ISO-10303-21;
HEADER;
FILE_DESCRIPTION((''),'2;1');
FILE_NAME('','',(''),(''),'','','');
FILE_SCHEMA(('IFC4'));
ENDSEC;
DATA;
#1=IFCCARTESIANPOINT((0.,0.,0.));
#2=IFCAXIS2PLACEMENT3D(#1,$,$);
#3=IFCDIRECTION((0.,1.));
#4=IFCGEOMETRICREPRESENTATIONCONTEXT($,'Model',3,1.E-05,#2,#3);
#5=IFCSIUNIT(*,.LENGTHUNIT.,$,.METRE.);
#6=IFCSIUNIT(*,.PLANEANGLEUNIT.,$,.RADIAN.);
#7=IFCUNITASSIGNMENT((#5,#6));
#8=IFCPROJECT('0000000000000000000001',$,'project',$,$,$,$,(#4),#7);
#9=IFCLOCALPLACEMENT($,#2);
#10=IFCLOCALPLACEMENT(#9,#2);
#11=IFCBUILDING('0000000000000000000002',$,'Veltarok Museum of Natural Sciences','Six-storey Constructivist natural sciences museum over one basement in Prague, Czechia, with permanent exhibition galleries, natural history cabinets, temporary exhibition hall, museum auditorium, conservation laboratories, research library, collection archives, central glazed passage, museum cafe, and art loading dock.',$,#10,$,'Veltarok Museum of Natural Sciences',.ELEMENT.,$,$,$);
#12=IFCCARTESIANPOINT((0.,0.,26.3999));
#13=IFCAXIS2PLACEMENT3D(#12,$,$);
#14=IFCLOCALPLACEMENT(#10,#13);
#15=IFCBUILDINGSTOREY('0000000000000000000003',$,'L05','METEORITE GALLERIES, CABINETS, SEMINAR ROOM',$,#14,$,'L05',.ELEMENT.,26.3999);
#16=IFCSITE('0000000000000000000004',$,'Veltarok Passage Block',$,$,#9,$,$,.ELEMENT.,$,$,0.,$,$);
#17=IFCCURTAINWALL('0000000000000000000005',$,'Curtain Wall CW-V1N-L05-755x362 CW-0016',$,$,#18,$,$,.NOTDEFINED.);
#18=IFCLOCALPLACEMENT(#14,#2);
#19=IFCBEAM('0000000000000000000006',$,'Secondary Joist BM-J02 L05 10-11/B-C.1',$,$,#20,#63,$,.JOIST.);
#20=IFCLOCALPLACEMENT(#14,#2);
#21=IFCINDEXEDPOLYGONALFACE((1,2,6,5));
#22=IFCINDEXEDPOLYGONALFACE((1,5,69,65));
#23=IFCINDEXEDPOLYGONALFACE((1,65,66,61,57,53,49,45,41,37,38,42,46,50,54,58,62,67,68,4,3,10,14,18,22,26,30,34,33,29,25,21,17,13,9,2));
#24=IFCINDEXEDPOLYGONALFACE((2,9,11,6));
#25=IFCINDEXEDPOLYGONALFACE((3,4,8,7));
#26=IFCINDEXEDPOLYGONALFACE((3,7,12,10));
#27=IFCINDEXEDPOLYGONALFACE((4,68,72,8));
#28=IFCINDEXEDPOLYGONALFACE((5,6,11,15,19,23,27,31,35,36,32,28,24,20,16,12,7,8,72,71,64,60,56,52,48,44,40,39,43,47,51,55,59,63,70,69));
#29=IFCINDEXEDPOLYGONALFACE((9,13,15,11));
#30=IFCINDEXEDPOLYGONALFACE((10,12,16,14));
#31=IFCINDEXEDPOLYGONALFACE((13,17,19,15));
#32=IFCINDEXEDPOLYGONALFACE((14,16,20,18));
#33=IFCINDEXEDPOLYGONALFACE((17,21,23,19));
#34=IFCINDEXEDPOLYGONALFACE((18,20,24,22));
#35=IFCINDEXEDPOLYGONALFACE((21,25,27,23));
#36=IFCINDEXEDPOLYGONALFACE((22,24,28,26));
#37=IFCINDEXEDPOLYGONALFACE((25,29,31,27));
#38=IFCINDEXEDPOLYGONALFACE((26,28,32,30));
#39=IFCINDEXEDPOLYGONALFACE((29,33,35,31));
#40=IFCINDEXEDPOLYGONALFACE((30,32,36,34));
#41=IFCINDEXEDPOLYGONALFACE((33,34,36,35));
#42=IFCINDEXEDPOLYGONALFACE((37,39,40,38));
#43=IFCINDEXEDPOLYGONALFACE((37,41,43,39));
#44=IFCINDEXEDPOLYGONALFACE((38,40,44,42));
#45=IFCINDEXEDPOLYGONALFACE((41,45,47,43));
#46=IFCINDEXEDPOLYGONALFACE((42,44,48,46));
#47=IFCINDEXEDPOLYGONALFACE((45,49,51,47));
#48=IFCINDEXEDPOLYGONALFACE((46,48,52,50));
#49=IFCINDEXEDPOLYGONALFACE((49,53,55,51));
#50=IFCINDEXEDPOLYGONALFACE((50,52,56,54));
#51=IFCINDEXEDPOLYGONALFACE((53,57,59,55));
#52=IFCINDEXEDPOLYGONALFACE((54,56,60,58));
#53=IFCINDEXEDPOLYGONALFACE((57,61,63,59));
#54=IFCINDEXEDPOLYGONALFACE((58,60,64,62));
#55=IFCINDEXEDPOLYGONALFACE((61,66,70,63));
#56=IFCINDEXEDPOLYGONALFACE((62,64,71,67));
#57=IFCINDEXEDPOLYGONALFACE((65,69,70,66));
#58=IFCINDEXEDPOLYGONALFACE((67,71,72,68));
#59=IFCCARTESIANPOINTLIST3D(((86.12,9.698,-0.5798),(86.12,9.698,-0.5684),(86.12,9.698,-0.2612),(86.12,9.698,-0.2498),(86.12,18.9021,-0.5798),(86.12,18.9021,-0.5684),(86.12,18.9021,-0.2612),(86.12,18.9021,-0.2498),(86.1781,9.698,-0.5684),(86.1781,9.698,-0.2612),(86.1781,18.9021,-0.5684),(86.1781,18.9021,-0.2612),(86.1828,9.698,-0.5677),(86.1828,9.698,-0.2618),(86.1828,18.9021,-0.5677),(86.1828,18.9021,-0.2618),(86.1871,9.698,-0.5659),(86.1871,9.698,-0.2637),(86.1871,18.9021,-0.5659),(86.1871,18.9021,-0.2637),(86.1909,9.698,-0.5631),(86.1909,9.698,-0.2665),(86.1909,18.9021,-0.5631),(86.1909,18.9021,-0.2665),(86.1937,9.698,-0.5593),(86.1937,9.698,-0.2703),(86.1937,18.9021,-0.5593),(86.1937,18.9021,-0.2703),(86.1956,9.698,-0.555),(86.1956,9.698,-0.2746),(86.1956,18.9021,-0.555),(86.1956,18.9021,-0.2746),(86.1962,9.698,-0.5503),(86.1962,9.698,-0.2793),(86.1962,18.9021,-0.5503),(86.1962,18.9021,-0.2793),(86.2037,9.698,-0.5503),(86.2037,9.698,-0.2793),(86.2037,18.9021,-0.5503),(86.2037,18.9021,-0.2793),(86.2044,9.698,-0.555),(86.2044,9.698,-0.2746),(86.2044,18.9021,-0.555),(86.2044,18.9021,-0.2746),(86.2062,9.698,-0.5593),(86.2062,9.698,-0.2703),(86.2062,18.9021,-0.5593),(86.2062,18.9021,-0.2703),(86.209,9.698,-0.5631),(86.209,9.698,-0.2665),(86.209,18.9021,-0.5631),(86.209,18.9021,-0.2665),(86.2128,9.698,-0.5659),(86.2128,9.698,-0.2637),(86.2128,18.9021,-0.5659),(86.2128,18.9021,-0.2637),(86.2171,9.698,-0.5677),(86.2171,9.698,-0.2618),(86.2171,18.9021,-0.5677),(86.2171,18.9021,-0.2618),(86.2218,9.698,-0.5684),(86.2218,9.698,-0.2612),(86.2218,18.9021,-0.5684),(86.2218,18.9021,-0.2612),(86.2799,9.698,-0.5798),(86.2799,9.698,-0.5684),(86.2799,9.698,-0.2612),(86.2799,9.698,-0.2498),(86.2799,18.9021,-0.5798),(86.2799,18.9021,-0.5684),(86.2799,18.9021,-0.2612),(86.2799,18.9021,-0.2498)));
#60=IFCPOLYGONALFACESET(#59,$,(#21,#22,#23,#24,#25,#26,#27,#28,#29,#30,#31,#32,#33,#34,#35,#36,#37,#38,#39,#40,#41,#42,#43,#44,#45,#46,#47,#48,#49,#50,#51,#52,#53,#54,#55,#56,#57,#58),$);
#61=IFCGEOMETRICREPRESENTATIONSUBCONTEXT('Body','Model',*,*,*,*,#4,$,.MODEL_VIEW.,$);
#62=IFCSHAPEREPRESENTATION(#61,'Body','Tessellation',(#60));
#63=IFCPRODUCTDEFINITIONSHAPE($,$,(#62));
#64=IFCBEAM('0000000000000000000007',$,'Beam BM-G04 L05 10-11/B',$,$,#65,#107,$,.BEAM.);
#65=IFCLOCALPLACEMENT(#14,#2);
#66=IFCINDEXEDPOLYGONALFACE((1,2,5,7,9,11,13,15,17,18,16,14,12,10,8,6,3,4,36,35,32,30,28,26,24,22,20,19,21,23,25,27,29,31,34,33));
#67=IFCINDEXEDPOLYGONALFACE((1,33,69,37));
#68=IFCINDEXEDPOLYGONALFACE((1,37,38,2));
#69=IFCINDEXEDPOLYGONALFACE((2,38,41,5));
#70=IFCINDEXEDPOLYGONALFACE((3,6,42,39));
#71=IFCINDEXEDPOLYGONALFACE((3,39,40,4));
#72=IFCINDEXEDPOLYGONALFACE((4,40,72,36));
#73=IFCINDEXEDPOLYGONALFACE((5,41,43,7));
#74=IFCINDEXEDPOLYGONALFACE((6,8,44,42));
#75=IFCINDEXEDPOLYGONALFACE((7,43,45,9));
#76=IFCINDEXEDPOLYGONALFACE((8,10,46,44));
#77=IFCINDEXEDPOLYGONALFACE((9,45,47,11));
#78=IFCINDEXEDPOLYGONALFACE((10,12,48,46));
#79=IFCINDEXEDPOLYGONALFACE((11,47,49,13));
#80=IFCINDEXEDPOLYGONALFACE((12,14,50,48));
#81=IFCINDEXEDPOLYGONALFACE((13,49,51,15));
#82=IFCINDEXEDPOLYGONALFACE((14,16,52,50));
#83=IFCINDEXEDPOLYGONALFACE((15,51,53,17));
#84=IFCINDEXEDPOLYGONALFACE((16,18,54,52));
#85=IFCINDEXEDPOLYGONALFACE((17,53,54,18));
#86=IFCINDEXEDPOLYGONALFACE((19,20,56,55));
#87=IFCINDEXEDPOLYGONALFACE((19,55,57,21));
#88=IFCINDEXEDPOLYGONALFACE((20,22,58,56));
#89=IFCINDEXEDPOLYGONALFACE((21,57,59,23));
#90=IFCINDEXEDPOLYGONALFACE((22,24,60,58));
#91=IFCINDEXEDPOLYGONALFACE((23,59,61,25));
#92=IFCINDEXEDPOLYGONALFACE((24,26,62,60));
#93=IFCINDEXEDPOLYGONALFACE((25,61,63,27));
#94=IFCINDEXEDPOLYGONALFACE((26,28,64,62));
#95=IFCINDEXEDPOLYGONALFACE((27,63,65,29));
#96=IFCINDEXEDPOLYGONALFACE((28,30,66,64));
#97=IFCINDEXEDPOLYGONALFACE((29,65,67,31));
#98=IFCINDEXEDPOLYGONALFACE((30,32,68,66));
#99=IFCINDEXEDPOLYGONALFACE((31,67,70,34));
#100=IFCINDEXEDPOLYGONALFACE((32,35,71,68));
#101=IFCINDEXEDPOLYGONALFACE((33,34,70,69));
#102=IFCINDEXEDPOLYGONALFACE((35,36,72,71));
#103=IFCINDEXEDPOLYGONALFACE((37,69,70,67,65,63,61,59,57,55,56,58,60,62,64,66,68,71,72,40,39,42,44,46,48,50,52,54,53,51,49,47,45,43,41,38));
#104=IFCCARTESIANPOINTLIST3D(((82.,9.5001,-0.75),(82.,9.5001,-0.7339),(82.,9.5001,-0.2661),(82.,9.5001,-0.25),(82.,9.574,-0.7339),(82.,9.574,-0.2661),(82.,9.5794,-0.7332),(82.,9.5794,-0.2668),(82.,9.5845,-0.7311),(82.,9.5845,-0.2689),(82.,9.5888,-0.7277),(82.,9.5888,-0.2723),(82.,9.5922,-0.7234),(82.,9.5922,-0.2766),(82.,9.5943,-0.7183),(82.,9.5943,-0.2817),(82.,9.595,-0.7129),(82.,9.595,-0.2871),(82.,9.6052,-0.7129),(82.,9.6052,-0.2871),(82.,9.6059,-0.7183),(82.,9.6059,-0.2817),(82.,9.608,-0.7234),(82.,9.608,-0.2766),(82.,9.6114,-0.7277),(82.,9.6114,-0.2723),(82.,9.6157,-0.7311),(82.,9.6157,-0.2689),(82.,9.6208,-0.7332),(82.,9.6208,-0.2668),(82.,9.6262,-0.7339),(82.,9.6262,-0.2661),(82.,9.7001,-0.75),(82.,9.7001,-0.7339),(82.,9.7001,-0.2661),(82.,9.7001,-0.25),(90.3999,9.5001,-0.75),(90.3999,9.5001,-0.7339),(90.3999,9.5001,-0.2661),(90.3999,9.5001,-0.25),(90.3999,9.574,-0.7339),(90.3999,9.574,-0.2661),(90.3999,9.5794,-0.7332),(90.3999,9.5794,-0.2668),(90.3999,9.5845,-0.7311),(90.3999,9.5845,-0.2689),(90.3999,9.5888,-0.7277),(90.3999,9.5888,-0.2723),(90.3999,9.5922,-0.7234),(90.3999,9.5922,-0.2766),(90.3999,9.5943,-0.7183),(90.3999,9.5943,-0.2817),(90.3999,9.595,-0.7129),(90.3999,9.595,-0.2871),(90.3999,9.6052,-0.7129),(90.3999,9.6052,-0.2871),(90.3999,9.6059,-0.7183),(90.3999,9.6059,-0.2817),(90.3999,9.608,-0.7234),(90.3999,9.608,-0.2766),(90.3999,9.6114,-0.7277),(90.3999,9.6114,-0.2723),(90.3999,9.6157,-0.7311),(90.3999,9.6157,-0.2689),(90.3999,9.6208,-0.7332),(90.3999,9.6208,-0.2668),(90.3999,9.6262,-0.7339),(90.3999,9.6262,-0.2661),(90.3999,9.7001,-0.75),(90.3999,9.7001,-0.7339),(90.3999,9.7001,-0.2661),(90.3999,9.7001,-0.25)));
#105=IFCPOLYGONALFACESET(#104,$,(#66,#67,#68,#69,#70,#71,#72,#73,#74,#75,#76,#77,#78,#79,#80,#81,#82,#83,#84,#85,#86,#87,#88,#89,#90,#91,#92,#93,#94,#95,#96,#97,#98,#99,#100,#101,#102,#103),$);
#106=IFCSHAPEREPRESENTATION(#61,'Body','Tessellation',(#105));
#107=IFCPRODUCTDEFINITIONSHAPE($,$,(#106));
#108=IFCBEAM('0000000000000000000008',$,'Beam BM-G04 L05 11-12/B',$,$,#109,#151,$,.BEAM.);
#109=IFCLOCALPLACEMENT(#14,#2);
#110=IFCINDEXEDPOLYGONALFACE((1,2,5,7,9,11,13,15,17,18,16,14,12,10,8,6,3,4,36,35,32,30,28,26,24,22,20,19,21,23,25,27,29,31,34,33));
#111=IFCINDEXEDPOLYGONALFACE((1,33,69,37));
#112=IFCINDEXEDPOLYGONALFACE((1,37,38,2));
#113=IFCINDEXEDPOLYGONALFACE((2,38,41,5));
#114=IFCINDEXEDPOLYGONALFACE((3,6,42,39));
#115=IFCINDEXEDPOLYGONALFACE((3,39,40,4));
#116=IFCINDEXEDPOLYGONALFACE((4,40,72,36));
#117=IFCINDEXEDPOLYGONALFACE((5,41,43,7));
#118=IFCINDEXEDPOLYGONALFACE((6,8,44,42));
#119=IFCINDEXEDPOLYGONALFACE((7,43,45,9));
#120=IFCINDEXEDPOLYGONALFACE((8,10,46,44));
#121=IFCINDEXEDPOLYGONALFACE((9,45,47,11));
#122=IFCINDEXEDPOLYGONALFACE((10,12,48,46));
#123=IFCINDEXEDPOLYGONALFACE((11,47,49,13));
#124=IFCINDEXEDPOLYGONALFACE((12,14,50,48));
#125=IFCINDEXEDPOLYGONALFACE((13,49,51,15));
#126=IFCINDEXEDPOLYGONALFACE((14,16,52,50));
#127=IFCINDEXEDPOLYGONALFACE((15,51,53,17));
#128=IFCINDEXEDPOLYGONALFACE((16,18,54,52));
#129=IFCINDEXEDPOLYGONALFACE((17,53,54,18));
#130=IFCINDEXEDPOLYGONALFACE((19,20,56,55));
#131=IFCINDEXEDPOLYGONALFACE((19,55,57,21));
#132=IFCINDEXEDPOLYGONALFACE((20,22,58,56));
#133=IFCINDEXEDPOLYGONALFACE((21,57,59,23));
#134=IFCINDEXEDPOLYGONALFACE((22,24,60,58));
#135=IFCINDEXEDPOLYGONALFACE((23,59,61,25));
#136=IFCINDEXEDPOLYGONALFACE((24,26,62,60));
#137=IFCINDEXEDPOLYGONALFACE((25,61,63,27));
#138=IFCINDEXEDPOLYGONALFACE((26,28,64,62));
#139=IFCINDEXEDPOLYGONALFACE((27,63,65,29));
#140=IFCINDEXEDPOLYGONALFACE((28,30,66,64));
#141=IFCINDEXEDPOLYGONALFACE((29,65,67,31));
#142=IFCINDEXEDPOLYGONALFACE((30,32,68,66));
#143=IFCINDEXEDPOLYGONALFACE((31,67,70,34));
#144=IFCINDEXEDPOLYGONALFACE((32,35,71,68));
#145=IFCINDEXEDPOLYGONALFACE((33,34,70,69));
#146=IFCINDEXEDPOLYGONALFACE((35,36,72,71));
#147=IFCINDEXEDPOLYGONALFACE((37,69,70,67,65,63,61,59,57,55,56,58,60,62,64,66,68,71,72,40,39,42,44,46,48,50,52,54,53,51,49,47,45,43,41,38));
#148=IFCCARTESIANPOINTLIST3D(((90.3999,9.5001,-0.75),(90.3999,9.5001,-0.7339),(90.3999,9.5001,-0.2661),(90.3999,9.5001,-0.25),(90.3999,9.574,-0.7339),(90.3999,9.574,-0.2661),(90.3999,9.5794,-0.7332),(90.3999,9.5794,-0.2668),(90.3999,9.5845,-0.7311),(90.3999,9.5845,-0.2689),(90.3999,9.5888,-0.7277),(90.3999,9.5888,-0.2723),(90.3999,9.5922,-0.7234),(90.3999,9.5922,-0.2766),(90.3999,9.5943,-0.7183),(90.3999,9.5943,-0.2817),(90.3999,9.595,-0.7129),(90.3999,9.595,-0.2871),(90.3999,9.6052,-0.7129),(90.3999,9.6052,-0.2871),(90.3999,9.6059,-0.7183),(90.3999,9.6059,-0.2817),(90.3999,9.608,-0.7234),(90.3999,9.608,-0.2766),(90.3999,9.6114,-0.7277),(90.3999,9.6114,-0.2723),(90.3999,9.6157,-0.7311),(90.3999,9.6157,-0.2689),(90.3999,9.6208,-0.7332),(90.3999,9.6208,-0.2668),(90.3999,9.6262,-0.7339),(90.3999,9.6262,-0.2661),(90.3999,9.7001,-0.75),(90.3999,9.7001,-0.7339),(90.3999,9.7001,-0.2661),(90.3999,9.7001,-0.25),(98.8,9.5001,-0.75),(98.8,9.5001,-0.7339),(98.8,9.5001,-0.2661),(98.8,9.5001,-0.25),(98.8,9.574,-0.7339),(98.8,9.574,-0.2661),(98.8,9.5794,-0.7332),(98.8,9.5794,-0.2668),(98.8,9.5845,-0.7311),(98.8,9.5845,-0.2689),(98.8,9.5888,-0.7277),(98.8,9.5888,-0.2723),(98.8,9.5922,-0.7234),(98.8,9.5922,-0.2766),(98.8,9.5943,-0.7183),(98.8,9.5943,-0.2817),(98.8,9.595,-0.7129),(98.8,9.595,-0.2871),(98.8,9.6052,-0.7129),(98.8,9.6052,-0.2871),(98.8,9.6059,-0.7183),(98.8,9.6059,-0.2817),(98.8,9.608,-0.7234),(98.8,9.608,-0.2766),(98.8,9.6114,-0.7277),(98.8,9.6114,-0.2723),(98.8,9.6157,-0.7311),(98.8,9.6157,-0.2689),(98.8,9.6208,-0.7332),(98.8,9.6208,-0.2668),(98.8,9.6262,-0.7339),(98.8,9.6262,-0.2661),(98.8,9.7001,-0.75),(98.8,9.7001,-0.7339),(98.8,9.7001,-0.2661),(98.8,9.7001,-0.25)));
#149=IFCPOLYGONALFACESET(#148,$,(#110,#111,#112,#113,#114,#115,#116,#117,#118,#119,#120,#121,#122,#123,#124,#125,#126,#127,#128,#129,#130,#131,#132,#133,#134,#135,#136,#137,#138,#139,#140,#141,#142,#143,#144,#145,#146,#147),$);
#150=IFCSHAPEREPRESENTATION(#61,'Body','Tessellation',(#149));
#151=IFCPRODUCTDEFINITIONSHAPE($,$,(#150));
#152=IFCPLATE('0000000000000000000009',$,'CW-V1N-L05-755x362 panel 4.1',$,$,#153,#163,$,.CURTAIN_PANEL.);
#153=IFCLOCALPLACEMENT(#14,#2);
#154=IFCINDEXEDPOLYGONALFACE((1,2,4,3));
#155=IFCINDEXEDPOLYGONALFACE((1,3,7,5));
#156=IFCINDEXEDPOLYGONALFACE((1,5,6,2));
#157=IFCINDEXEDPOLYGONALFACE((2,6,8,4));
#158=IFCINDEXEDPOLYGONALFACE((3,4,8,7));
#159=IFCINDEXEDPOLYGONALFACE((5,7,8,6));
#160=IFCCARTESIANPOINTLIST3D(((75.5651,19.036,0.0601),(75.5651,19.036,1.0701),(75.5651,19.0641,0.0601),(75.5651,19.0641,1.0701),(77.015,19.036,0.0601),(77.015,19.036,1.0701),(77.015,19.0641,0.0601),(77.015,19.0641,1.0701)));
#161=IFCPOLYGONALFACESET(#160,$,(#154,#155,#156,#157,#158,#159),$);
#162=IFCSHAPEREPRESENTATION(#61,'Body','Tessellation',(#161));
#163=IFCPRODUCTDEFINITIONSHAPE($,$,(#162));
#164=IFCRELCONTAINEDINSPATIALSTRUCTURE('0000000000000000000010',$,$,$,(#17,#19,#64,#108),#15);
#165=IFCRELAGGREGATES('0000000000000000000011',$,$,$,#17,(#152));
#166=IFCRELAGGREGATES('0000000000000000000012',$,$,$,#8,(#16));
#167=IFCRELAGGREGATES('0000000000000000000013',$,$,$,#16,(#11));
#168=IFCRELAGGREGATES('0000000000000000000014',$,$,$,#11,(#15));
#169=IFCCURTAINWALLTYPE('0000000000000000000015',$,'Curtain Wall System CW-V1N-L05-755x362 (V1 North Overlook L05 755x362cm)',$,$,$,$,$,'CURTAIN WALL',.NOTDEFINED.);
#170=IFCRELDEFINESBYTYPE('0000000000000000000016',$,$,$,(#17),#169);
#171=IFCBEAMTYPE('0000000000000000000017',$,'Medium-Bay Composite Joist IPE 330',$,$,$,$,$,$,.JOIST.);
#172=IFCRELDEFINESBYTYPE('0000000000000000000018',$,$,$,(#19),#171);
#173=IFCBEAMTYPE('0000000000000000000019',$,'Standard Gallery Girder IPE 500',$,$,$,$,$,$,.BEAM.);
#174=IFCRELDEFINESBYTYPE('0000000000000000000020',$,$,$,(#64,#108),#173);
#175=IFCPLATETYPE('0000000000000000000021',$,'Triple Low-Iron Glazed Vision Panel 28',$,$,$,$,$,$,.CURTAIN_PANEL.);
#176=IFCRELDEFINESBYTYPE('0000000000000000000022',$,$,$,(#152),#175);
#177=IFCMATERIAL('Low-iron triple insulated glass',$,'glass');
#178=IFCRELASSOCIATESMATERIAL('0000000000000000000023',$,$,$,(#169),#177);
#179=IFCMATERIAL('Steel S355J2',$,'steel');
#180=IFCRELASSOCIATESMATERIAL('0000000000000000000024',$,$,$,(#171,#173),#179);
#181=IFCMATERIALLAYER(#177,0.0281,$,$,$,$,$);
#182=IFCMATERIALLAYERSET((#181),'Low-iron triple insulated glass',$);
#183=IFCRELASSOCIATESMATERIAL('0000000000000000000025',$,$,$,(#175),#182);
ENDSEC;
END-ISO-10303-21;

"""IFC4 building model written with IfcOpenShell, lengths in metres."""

from ifc_helpers import new_model, si_unit, direction, frame, origin, origin_2d, place, context, subcontext, project, spatial, rectangle, i_section, extrude, material, layer, layer_set, material_profile, profile_set, type_object, element, aggregate, save


model = new_model("IFC4")

# Units and contexts
model_context = context("Model", 3, precision=1e-05, world=origin(), true_north=direction((0.0, 1.0)))
body_context = subcontext(model_context, "Body", "Model", "MODEL_VIEW")
ifc_project = project(units=[si_unit("LENGTHUNIT", "METRE"), si_unit("PLANEANGLEUNIT", "RADIAN")], contexts=[model_context])

# Site, building, storey
site_placement = place(None, origin())
site = spatial("IfcSite", under=ifc_project, at=site_placement, Name="Veltarok Passage Block", CompositionType="ELEMENT", RefElevation=0.0)
building_placement = place(site_placement, origin())
building = spatial("IfcBuilding", under=site, at=building_placement, Name="Veltarok Museum of Natural Sciences", Description="Six-storey Constructivist natural sciences museum over one basement in Prague, Czechia, with permanent exhibition galleries, natural history cabinets, temporary exhibition hall, museum auditorium, conservation laboratories, research library, collection archives, central glazed passage, museum cafe, and art loading dock.", LongName="Veltarok Museum of Natural Sciences", CompositionType="ELEMENT")
storey_placement = place(building_placement, frame((0.0, 0.0, 26.3999)))
storey = spatial("IfcBuildingStorey", under=building, at=storey_placement, Name="L05", Description="METEORITE GALLERIES, CABINETS, SEMINAR ROOM", LongName="L05", CompositionType="ELEMENT", Elevation=26.3999)

# Shared definitions
ifc_material_1 = material(Name="Steel S355J2", Category="steel")

# Curtain wall
ifc_material_2 = material(Name="Low-iron triple insulated glass", Category="glass")
curtain_wall_type = type_object("IfcCurtainWallType", Name="Curtain Wall System CW-V1N-L05-755x362 (V1 North Overlook L05 755x362cm)", ElementType="CURTAIN WALL", PredefinedType="NOTDEFINED", material=ifc_material_2)
curtain_wall_placement = place(storey_placement, origin())
curtain_wall = element("IfcCurtainWall", 1, at=curtain_wall_placement, inside=storey, type_object=curtain_wall_type, Name="Curtain Wall CW-V1N-L05-755x362 CW-0016", PredefinedType="NOTDEFINED")

# Beams
ifc_material_profile_1 = material_profile(ifc_material_1, i_section(OverallWidth=0.1599, OverallDepth=0.3301, WebThickness=0.0076, FlangeThickness=0.0115, FilletRadius=0.0181, at=origin_2d()), Name="IPE 330")
ifc_profile_set_1 = profile_set([ifc_material_profile_1], Name="Steel S355J2")
beam_type_1 = type_object("IfcBeamType", Name="Medium-Bay Composite Joist IPE 330", PredefinedType="JOIST", material=ifc_profile_set_1)
for number, where, z_axis, x_axis, name in (
    (2, (86.2, 9.698, -0.4148), (0.0, 1.0, 0.0), (-1.0, 0.0, 0.0), "Secondary Joist BM-J02 L05 10-11/B-C.1"),
):
    element("IfcBeam", number, at=place(storey_placement, frame(where, z_axis=z_axis, x_axis=x_axis)), inside=storey, type_object=beam_type_1, Name=name, PredefinedType="JOIST", context=body_context, shape_type="SweptSolid", body=[
        extrude(i_section(OverallWidth=0.1599, OverallDepth=0.3301, WebThickness=0.0076, FlangeThickness=0.0115, FilletRadius=0.0181, at=origin_2d()), origin(), (0.0, 0.0, 1.0), 9.2041),
    ])
ifc_material_profile_2 = material_profile(ifc_material_1, i_section(OverallWidth=0.2, OverallDepth=0.5, WebThickness=0.0103, FlangeThickness=0.0161, FilletRadius=0.021, at=origin_2d()), Name="IPE 500")
ifc_profile_set_2 = profile_set([ifc_material_profile_2], Name="Steel S355J2")
beam_type_2 = type_object("IfcBeamType", Name="Standard Gallery Girder IPE 500", PredefinedType="BEAM", material=ifc_profile_set_2)
beam_1_placement = place(storey_placement, frame((82.0, 9.6001, -0.5), z_axis=(1.0, 0.0, 0.0), x_axis=(0.0, 1.0, 0.0)))
element("IfcBeam", 3, at=beam_1_placement, inside=storey, type_object=beam_type_2, Name="Beam BM-G04 L05 10-11/B", PredefinedType="BEAM", context=body_context, shape_type="SweptSolid", body=[
    extrude(i_section(OverallWidth=0.2, OverallDepth=0.5, WebThickness=0.0103, FlangeThickness=0.0161, FilletRadius=0.021, at=origin_2d()), origin(), (0.0, 0.0, 1.0), 8.3999),
])
beam_2_placement = place(storey_placement, frame((90.3999, 9.6001, -0.5), z_axis=(1.0, 0.0, 0.0), x_axis=(0.0, 1.0, 0.0)))
element("IfcBeam", 4, at=beam_2_placement, inside=storey, type_object=beam_type_2, Name="Beam BM-G04 L05 11-12/B", PredefinedType="BEAM", context=body_context, shape_type="SweptSolid", body=[
    extrude(i_section(OverallWidth=0.2, OverallDepth=0.5, WebThickness=0.0103, FlangeThickness=0.0161, FilletRadius=0.021, at=origin_2d()), origin(), (0.0, 0.0, 1.0), 8.4001),
])

# Plate
ifc_layer_1 = layer(ifc_material_2, 0.0281)
ifc_layer_set_1 = layer_set([ifc_layer_1], Name="Low-iron triple insulated glass")
plate_type = type_object("IfcPlateType", Name="Triple Low-Iron Glazed Vision Panel 28", PredefinedType="CURTAIN_PANEL", material=ifc_layer_set_1)
plate_placement = place(storey_placement, frame((76.29, 19.05, 0.0601), z_axis=(0.0, 0.0, 1.0), x_axis=(-1.0, 0.0, 0.0)))
plate = element("IfcPlate", 5, at=plate_placement, type_object=plate_type, Name="CW-V1N-L05-755x362 panel 4.1", PredefinedType="CURTAIN_PANEL", context=body_context, shape_type="SweptSolid", body=[
    extrude(rectangle(XDim=1.45, YDim=0.0281, at=origin_2d()), origin(), (0.0, 0.0, 1.0), 1.01),
])
aggregate(curtain_wall, [plate])

save(model, "model.ifc")
